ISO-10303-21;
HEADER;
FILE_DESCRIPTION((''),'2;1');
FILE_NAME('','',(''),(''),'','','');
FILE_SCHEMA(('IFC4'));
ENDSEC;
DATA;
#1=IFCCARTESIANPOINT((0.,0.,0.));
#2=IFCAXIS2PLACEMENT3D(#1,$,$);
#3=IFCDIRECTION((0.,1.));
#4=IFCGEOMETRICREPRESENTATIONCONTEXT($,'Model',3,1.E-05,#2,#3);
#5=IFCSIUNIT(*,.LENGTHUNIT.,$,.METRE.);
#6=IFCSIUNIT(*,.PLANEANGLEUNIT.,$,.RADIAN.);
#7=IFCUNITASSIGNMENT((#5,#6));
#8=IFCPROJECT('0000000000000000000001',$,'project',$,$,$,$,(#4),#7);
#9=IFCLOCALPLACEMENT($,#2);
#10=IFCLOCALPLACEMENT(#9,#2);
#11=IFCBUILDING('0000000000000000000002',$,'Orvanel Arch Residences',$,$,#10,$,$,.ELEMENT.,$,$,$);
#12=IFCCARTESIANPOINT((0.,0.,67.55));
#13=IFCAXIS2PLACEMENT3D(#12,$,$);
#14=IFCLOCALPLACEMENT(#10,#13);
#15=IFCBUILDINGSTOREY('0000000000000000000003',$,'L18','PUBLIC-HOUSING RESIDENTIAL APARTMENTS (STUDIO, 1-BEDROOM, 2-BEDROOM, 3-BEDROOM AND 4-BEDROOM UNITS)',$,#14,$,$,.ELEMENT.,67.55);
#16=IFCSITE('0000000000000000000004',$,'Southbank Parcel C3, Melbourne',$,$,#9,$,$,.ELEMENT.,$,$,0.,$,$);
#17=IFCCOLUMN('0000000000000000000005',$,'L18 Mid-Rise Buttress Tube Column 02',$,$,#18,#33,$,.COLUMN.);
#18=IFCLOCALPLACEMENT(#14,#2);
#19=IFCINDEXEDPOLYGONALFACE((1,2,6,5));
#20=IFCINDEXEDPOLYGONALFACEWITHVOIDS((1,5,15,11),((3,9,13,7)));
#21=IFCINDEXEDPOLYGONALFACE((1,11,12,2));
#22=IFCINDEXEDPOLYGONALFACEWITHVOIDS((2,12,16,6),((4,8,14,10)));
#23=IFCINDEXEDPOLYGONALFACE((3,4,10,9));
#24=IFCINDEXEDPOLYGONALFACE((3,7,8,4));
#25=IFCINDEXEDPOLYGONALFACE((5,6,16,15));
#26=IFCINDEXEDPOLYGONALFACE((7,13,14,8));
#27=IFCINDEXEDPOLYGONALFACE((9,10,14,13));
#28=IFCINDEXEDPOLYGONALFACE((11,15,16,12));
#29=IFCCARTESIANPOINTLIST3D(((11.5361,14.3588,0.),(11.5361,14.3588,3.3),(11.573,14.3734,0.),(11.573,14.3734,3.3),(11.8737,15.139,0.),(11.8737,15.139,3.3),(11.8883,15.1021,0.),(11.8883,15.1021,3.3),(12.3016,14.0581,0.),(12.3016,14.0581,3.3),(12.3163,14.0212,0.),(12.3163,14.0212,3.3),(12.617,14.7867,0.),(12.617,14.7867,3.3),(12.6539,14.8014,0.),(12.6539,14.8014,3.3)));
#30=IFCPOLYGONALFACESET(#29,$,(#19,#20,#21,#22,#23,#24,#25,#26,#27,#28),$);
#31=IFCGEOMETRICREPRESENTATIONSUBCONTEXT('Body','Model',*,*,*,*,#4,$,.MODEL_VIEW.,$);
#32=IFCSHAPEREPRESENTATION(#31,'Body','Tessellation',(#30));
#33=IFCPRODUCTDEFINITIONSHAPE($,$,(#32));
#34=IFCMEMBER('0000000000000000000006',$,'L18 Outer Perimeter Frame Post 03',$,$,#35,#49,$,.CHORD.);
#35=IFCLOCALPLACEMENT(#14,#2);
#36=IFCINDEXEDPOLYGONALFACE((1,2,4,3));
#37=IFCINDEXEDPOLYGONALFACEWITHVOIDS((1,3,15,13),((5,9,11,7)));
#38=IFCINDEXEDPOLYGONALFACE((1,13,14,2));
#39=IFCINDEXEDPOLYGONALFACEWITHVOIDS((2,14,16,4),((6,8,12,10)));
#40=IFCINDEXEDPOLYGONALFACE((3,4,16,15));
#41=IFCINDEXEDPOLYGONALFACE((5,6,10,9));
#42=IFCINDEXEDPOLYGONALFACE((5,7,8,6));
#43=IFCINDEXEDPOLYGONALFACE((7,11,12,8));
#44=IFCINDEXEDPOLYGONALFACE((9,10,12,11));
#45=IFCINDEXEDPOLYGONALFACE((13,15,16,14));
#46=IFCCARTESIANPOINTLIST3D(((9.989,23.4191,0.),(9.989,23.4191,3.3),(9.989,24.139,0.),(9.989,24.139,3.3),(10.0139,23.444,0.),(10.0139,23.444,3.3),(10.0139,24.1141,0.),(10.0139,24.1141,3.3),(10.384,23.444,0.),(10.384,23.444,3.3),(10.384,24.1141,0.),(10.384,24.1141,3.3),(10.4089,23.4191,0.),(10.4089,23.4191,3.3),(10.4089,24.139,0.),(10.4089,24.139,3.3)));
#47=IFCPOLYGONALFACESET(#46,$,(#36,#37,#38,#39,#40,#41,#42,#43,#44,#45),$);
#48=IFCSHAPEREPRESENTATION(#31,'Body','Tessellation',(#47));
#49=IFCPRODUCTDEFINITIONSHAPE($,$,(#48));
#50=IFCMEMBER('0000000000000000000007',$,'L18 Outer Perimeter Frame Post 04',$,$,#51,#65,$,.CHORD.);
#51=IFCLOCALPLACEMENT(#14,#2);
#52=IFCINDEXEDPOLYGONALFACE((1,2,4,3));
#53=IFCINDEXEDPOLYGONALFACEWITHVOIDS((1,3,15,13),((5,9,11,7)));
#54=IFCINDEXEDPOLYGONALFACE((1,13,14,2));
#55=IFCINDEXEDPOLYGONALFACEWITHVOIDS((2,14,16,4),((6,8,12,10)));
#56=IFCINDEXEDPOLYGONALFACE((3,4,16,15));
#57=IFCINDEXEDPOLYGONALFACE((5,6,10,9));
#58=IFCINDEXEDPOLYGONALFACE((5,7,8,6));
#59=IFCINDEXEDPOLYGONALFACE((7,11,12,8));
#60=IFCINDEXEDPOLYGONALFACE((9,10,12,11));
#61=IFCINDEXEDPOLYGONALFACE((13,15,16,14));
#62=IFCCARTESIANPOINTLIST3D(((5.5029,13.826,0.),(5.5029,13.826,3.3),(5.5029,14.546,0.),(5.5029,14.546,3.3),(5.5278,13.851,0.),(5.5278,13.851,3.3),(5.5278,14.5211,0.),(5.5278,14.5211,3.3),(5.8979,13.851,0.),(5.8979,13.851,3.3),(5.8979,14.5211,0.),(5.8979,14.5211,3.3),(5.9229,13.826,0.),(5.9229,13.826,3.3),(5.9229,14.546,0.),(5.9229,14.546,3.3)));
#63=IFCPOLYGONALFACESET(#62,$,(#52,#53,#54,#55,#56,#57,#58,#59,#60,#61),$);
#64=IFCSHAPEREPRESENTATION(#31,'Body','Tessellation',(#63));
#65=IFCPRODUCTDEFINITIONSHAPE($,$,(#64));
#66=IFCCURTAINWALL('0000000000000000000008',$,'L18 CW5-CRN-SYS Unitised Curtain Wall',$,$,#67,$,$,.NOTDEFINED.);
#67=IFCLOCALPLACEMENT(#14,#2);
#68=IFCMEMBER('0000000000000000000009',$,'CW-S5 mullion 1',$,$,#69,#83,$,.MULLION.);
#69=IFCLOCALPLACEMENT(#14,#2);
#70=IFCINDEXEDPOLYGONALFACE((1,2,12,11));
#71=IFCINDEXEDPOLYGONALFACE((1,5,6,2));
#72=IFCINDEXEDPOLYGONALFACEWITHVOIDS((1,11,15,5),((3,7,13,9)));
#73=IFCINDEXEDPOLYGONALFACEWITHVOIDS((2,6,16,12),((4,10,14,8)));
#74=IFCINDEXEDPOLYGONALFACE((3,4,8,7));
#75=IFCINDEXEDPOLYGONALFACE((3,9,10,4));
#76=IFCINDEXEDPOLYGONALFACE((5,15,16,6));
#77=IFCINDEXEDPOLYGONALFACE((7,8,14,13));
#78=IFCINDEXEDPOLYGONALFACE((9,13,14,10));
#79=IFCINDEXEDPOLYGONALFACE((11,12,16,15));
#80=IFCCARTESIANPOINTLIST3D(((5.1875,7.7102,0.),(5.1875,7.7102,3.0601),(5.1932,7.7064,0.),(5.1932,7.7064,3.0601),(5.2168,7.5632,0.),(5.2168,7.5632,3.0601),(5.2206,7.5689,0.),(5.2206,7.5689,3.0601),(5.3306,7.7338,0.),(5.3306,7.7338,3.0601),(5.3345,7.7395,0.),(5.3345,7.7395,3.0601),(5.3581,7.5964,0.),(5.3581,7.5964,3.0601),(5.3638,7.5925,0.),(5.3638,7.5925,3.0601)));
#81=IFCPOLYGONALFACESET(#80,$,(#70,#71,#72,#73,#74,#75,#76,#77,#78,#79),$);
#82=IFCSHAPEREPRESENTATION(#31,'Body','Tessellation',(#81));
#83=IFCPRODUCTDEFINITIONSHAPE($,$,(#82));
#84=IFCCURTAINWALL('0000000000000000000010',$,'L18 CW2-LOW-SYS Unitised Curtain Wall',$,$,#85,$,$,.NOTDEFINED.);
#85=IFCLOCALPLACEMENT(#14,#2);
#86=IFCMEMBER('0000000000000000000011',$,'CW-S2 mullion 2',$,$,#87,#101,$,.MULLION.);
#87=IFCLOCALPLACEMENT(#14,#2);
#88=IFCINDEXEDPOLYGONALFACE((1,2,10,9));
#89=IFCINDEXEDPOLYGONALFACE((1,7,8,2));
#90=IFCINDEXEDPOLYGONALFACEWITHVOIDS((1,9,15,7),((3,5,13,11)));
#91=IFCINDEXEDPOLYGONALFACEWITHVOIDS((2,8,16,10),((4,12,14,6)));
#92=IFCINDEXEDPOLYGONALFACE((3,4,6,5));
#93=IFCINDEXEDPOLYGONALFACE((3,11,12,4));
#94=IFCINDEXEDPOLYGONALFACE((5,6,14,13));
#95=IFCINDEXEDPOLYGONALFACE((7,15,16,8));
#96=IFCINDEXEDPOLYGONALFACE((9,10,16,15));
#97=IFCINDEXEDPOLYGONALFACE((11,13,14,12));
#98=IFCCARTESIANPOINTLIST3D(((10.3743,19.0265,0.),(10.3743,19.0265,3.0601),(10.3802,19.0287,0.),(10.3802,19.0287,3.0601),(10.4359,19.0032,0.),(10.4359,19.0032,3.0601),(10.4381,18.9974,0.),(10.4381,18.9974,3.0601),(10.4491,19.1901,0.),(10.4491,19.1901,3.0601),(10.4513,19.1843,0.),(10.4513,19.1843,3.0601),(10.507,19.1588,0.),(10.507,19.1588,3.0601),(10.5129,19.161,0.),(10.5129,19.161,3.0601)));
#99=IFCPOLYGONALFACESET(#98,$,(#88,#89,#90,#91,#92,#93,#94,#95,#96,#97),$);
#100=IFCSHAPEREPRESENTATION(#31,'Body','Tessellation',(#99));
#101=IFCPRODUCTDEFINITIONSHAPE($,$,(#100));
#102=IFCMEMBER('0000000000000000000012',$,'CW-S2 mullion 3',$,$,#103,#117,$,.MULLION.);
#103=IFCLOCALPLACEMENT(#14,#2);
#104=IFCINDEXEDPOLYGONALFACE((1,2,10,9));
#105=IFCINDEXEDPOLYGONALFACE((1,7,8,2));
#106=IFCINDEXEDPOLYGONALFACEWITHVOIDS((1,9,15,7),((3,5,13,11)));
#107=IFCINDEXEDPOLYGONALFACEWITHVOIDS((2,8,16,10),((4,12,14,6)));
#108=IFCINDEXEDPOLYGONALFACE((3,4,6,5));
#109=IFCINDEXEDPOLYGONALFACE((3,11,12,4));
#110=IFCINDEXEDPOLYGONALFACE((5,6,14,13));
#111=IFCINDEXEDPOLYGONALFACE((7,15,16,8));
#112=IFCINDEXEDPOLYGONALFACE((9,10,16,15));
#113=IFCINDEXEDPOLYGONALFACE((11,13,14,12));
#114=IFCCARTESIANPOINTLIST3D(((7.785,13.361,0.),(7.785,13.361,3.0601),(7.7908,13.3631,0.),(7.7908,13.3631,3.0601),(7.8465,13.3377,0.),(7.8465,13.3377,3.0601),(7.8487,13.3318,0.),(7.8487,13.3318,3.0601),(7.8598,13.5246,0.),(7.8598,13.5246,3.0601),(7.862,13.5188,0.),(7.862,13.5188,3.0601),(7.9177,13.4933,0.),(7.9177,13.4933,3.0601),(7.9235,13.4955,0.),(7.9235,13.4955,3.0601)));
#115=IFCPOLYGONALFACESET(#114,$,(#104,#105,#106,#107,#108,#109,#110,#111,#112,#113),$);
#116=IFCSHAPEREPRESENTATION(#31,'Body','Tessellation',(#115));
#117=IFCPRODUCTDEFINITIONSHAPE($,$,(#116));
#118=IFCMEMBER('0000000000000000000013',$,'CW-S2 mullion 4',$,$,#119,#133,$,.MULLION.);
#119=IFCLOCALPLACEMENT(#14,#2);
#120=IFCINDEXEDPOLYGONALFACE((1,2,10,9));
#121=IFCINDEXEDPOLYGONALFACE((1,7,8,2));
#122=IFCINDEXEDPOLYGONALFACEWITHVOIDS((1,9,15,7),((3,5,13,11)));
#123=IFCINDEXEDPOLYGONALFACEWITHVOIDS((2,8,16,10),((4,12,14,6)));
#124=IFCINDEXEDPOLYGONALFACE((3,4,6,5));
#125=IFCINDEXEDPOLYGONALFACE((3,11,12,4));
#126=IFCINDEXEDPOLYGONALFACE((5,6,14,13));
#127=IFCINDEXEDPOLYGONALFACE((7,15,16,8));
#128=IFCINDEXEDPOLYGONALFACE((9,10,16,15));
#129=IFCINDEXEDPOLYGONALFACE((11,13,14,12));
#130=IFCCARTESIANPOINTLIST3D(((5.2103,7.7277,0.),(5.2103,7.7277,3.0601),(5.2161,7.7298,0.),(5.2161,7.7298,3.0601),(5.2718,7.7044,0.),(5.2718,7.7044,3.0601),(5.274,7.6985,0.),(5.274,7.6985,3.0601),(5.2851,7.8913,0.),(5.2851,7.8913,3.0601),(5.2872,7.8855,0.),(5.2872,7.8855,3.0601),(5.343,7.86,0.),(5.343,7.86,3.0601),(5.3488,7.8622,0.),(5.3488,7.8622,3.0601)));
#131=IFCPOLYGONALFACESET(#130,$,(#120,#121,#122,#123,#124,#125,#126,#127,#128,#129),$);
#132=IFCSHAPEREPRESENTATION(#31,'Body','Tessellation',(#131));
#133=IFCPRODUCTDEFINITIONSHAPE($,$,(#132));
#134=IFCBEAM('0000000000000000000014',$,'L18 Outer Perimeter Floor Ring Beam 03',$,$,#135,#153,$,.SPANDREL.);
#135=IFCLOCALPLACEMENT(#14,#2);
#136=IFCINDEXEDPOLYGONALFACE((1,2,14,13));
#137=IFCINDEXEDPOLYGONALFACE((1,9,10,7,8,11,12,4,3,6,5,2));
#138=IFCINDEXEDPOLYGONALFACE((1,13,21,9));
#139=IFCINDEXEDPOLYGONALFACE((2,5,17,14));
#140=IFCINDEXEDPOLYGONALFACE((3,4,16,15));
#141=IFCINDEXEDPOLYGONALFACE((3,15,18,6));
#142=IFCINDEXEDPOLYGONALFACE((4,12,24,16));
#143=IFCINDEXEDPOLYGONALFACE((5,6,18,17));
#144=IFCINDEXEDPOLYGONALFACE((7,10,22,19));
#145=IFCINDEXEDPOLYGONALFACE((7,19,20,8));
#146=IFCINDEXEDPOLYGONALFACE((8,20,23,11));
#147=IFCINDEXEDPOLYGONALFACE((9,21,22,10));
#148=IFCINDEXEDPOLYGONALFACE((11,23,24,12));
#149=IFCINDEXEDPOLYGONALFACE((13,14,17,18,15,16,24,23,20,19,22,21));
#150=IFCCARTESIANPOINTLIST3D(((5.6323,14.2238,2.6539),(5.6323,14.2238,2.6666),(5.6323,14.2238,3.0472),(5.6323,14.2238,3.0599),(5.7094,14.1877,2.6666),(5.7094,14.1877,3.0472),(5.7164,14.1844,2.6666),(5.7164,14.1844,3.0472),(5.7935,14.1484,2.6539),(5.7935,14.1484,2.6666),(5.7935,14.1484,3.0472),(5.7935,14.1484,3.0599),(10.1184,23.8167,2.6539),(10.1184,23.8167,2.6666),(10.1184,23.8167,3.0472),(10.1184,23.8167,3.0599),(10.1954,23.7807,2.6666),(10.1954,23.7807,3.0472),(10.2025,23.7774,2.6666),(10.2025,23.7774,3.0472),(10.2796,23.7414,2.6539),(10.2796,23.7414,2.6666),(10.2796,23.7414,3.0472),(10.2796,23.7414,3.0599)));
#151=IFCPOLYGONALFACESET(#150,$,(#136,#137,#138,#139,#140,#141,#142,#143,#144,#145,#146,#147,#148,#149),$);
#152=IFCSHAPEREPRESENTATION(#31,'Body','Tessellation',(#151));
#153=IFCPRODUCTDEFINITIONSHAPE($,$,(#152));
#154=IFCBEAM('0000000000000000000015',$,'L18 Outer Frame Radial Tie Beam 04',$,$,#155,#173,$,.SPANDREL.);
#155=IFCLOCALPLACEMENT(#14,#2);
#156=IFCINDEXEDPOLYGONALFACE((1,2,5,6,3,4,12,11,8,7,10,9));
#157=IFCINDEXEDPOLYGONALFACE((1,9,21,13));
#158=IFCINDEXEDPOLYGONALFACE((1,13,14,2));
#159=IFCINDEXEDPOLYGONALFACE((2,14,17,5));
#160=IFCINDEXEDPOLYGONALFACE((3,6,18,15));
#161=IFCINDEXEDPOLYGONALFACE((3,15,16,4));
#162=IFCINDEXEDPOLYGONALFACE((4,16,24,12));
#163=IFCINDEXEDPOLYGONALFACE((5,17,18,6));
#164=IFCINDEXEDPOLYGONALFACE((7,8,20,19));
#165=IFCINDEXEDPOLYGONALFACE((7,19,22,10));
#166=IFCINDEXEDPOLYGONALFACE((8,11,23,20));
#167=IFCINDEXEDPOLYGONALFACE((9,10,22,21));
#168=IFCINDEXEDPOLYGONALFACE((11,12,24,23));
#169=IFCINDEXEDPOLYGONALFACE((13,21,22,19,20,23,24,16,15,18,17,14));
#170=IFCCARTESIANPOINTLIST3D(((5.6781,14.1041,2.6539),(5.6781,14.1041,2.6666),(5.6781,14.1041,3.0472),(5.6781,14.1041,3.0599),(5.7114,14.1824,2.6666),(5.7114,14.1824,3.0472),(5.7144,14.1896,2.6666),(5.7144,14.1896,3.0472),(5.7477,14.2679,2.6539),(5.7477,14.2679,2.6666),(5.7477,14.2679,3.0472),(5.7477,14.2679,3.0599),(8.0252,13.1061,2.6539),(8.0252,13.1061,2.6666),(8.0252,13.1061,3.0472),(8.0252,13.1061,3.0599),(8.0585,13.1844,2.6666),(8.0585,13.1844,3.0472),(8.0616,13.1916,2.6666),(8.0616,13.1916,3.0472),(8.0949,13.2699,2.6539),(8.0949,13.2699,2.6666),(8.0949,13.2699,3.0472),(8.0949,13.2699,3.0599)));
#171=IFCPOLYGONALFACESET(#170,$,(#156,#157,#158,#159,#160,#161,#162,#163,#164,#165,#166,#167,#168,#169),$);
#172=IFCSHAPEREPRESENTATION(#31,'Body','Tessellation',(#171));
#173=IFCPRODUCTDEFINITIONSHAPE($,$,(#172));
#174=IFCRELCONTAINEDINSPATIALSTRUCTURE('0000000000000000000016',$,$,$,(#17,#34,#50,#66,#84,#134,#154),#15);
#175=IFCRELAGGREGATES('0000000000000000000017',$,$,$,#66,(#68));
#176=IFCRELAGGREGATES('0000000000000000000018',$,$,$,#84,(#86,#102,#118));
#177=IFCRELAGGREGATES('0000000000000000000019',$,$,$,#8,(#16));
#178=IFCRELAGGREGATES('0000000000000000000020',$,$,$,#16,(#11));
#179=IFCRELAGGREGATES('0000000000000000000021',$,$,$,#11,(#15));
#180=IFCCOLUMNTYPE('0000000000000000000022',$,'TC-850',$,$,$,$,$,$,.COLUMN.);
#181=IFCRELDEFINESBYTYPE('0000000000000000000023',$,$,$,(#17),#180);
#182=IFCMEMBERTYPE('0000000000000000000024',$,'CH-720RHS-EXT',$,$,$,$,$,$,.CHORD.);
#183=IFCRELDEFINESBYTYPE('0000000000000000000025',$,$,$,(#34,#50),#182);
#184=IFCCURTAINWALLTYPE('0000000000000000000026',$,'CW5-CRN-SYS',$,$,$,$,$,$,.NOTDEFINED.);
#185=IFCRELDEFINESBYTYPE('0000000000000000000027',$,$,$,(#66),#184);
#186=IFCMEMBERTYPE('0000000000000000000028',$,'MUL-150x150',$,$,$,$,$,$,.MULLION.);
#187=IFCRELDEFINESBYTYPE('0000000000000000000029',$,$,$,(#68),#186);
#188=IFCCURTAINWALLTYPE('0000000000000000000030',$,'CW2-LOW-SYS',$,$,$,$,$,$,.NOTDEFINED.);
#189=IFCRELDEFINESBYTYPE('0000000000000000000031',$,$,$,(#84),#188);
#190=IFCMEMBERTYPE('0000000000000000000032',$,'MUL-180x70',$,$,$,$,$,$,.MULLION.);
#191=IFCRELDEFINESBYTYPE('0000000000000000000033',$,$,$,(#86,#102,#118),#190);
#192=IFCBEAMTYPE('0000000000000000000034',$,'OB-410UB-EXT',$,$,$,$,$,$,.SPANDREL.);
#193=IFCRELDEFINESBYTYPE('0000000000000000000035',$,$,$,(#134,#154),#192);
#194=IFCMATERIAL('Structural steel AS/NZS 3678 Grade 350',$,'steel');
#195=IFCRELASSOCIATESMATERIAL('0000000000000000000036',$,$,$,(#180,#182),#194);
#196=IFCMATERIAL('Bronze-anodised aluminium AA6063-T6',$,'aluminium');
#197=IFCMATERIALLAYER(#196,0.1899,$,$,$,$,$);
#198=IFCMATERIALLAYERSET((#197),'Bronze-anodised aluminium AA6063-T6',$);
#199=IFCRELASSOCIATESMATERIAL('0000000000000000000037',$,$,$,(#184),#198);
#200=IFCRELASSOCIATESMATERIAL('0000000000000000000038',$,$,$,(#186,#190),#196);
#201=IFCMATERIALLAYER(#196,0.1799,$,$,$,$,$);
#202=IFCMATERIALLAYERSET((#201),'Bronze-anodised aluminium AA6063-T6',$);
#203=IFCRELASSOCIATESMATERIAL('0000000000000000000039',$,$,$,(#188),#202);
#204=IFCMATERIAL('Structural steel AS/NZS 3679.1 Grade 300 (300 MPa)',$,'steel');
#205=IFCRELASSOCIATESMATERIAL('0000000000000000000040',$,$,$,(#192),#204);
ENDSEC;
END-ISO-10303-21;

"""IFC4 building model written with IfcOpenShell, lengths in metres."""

from ifc_helpers import new_model, si_unit, direction, frame, origin, origin_2d, place, context, subcontext, project, spatial, hollow_rectangle, i_section, extrude, material, layer, layer_set, material_profile, profile_set, type_object, element, aggregate, save


model = new_model("IFC4")

# Units and contexts
model_context = context("Model", 3, precision=1e-05, world=origin(), true_north=direction((0.0, 1.0)))
body_context = subcontext(model_context, "Body", "Model", "MODEL_VIEW")
ifc_project = project(units=[si_unit("LENGTHUNIT", "METRE"), si_unit("PLANEANGLEUNIT", "RADIAN")], contexts=[model_context])

# Site, building, storey
site_placement = place(None, origin())
site = spatial("IfcSite", under=ifc_project, at=site_placement, Name="Southbank Parcel C3, Melbourne", CompositionType="ELEMENT", RefElevation=0.0)
building_placement = place(site_placement, origin())
building = spatial("IfcBuilding", under=site, at=building_placement, Name="Orvanel Arch Residences", CompositionType="ELEMENT")
storey_placement = place(building_placement, frame((0.0, 0.0, 67.55)))
storey = spatial("IfcBuildingStorey", under=building, at=storey_placement, Name="L18", Description="PUBLIC-HOUSING RESIDENTIAL APARTMENTS (STUDIO, 1-BEDROOM, 2-BEDROOM, 3-BEDROOM AND 4-BEDROOM UNITS)", CompositionType="ELEMENT", Elevation=67.55)

# Column
ifc_material_1 = material(Name="Structural steel AS/NZS 3678 Grade 350", Category="steel")
ifc_material_profile_1 = material_profile(ifc_material_1, hollow_rectangle(XDim=0.8501, YDim=0.8501, WallThickness=0.0281, at=origin_2d()), Name="BOX850x850x28")
ifc_profile_set_1 = profile_set([ifc_material_profile_1], Name="Structural steel AS/NZS 3678 Grade 350")
column_type = type_object("IfcColumnType", Name="TC-850", PredefinedType="COLUMN", material=ifc_profile_set_1)
column_placement = place(storey_placement, frame((12.095, 14.5801, 0.0), z_axis=(0.0, 0.0, 1.0), x_axis=(0.397148, 0.917755, 0.0)))
element("IfcColumn", 1, at=column_placement, inside=storey, type_object=column_type, Name="L18 Mid-Rise Buttress Tube Column 02", PredefinedType="COLUMN", context=body_context, shape_type="SweptSolid", body=[
    extrude(hollow_rectangle(XDim=0.8501, YDim=0.8501, WallThickness=0.0281, at=origin_2d()), origin(), (0.0, 0.0, 1.0), 3.3),
])

# Members
ifc_material_profile_2 = material_profile(ifc_material_1, hollow_rectangle(XDim=0.4199, YDim=0.72, WallThickness=0.0249, at=origin_2d()), Name="RHS720x420x25")
ifc_profile_set_2 = profile_set([ifc_material_profile_2], Name="Structural steel AS/NZS 3678 Grade 350")
member_type_1 = type_object("IfcMemberType", Name="CH-720RHS-EXT", PredefinedType="CHORD", material=ifc_profile_set_2)
for number, where, z_axis, x_axis, name in (
    (2, (10.199, 23.7791, 0.0), (0.0, 0.0, 1.0), (1.0, 0.0, 0.0), "L18 Outer Perimeter Frame Post 03"),
    (3, (5.7129, 14.186, 0.0), (0.0, 0.0, 1.0), (1.0, 0.0, 0.0), "L18 Outer Perimeter Frame Post 04"),
):
    element("IfcMember", number, at=place(storey_placement, frame(where, z_axis=z_axis, x_axis=x_axis)), inside=storey, type_object=member_type_1, Name=name, PredefinedType="CHORD", context=body_context, shape_type="SweptSolid", body=[
        extrude(hollow_rectangle(XDim=0.4199, YDim=0.72, WallThickness=0.0249, at=origin_2d()), origin(), (0.0, 0.0, 1.0), 3.3),
    ])

# Curtain wall, member
ifc_material_2 = material(Name="Bronze-anodised aluminium AA6063-T6", Category="aluminium")
ifc_layer_1 = layer(ifc_material_2, 0.1899)
ifc_layer_set_1 = layer_set([ifc_layer_1], Name="Bronze-anodised aluminium AA6063-T6")
curtain_wall_type_1 = type_object("IfcCurtainWallType", Name="CW5-CRN-SYS", PredefinedType="NOTDEFINED", material=ifc_layer_set_1)
curtain_wall_1_placement = place(storey_placement, origin())
curtain_wall_1 = element("IfcCurtainWall", 4, at=curtain_wall_1_placement, inside=storey, type_object=curtain_wall_type_1, Name="L18 CW5-CRN-SYS Unitised Curtain Wall", PredefinedType="NOTDEFINED")
ifc_material_profile_3 = material_profile(ifc_material_2, hollow_rectangle(XDim=0.1499, YDim=0.1499, WallThickness=0.0049, at=origin_2d()), Name="ALU150x150x5")
ifc_profile_set_3 = profile_set([ifc_material_profile_3], Name="Bronze-anodised aluminium AA6063-T6")
member_type_2 = type_object("IfcMemberType", Name="MUL-150x150", PredefinedType="MULLION", material=ifc_profile_set_3)
member_1_placement = place(storey_placement, frame((5.2756, 7.6514, 0.0), z_axis=(0.0, 0.0, 1.0), x_axis=(0.980659, 0.195723, 0.0)))
member_1 = element("IfcMember", 5, at=member_1_placement, type_object=member_type_2, Name="CW-S5 mullion 1", PredefinedType="MULLION", context=body_context, shape_type="SweptSolid", body=[
    extrude(hollow_rectangle(XDim=0.1499, YDim=0.1499, WallThickness=0.0049, at=origin_2d()), origin(), (0.0, 0.0, 1.0), 3.0601),
])

# Curtain wall, members
ifc_layer_2 = layer(ifc_material_2, 0.1799)
ifc_layer_set_2 = layer_set([ifc_layer_2], Name="Bronze-anodised aluminium AA6063-T6")
curtain_wall_type_2 = type_object("IfcCurtainWallType", Name="CW2-LOW-SYS", PredefinedType="NOTDEFINED", material=ifc_layer_set_2)
curtain_wall_2_placement = place(storey_placement, origin())
curtain_wall_2 = element("IfcCurtainWall", 6, at=curtain_wall_2_placement, inside=storey, type_object=curtain_wall_type_2, Name="L18 CW2-LOW-SYS Unitised Curtain Wall", PredefinedType="NOTDEFINED")
ifc_material_profile_4 = material_profile(ifc_material_2, hollow_rectangle(XDim=0.0701, YDim=0.1799, WallThickness=0.0044, at=origin_2d()), Name="ALU180x70x4.5")
ifc_profile_set_4 = profile_set([ifc_material_profile_4], Name="Bronze-anodised aluminium AA6063-T6")
member_type_3 = type_object("IfcMemberType", Name="MUL-180x70", PredefinedType="MULLION", material=ifc_profile_set_4)
member_2_placement = place(storey_placement, frame((10.4436, 19.0938, 0.0), z_axis=(0.0, 0.0, 1.0), x_axis=(0.909507, -0.415689, 0.0)))
member_2 = element("IfcMember", 7, at=member_2_placement, type_object=member_type_3, Name="CW-S2 mullion 2", PredefinedType="MULLION", context=body_context, shape_type="SweptSolid", body=[
    extrude(hollow_rectangle(XDim=0.0701, YDim=0.1799, WallThickness=0.0044, at=origin_2d()), origin(), (0.0, 0.0, 1.0), 3.0601),
])
member_3_placement = place(storey_placement, frame((7.8542, 13.4282, 0.0), z_axis=(0.0, 0.0, 1.0), x_axis=(0.909507, -0.415689, 0.0)))
member_3 = element("IfcMember", 8, at=member_3_placement, type_object=member_type_3, Name="CW-S2 mullion 3", PredefinedType="MULLION", context=body_context, shape_type="SweptSolid", body=[
    extrude(hollow_rectangle(XDim=0.0701, YDim=0.1799, WallThickness=0.0044, at=origin_2d()), origin(), (0.0, 0.0, 1.0), 3.0601),
])
member_4_placement = place(storey_placement, frame((5.2795, 7.7949, 0.0), z_axis=(0.0, 0.0, 1.0), x_axis=(0.909507, -0.415689, 0.0)))
member_4 = element("IfcMember", 9, at=member_4_placement, type_object=member_type_3, Name="CW-S2 mullion 4", PredefinedType="MULLION", context=body_context, shape_type="SweptSolid", body=[
    extrude(hollow_rectangle(XDim=0.0701, YDim=0.1799, WallThickness=0.0044, at=origin_2d()), origin(), (0.0, 0.0, 1.0), 3.0601),
])

# Beams
ifc_material_3 = material(Name="Structural steel AS/NZS 3679.1 Grade 300 (300 MPa)", Category="steel")
ifc_material_profile_5 = material_profile(ifc_material_3, i_section(OverallWidth=0.178, OverallDepth=0.406, WebThickness=0.0078, FlangeThickness=0.0127, at=origin_2d()), Name="410UB59.7")
ifc_profile_set_5 = profile_set([ifc_material_profile_5], Name="Structural steel AS/NZS 3679.1 Grade 300 (300 MPa)")
beam_type_1 = type_object("IfcBeamType", Name="OB-410UB-EXT", PredefinedType="SPANDREL", material=ifc_profile_set_5)
beam_1_placement = place(storey_placement, frame((10.199, 23.7791, 2.8569), z_axis=(-0.42361, -0.905845, 0.0), x_axis=(0.905845, -0.42361, 0.0)))
element("IfcBeam", 10, at=beam_1_placement, inside=storey, type_object=beam_type_1, Name="L18 Outer Perimeter Floor Ring Beam 03", PredefinedType="SPANDREL", context=body_context, shape_type="SweptSolid", body=[
    extrude(i_section(OverallWidth=0.178, OverallDepth=0.406, WebThickness=0.0078, FlangeThickness=0.0127, at=origin_2d()), origin(), (0.0, 0.0, 1.0), 10.5901),
])
beam_2_placement = place(storey_placement, frame((8.0601, 13.188, 2.8569), z_axis=(-0.92026, 0.391307, 0.0), x_axis=(-0.391307, -0.92026, 0.0)))
element("IfcBeam", 11, at=beam_2_placement, inside=storey, type_object=beam_type_1, Name="L18 Outer Frame Radial Tie Beam 04", PredefinedType="SPANDREL", context=body_context, shape_type="SweptSolid", body=[
    extrude(i_section(OverallWidth=0.178, OverallDepth=0.406, WebThickness=0.0078, FlangeThickness=0.0127, at=origin_2d()), origin(), (0.0, 0.0, 1.0), 2.5505),
])

aggregate(curtain_wall_1, [member_1])

aggregate(curtain_wall_2, [member_2, member_3, member_4])

save(model, "model.ifc")
